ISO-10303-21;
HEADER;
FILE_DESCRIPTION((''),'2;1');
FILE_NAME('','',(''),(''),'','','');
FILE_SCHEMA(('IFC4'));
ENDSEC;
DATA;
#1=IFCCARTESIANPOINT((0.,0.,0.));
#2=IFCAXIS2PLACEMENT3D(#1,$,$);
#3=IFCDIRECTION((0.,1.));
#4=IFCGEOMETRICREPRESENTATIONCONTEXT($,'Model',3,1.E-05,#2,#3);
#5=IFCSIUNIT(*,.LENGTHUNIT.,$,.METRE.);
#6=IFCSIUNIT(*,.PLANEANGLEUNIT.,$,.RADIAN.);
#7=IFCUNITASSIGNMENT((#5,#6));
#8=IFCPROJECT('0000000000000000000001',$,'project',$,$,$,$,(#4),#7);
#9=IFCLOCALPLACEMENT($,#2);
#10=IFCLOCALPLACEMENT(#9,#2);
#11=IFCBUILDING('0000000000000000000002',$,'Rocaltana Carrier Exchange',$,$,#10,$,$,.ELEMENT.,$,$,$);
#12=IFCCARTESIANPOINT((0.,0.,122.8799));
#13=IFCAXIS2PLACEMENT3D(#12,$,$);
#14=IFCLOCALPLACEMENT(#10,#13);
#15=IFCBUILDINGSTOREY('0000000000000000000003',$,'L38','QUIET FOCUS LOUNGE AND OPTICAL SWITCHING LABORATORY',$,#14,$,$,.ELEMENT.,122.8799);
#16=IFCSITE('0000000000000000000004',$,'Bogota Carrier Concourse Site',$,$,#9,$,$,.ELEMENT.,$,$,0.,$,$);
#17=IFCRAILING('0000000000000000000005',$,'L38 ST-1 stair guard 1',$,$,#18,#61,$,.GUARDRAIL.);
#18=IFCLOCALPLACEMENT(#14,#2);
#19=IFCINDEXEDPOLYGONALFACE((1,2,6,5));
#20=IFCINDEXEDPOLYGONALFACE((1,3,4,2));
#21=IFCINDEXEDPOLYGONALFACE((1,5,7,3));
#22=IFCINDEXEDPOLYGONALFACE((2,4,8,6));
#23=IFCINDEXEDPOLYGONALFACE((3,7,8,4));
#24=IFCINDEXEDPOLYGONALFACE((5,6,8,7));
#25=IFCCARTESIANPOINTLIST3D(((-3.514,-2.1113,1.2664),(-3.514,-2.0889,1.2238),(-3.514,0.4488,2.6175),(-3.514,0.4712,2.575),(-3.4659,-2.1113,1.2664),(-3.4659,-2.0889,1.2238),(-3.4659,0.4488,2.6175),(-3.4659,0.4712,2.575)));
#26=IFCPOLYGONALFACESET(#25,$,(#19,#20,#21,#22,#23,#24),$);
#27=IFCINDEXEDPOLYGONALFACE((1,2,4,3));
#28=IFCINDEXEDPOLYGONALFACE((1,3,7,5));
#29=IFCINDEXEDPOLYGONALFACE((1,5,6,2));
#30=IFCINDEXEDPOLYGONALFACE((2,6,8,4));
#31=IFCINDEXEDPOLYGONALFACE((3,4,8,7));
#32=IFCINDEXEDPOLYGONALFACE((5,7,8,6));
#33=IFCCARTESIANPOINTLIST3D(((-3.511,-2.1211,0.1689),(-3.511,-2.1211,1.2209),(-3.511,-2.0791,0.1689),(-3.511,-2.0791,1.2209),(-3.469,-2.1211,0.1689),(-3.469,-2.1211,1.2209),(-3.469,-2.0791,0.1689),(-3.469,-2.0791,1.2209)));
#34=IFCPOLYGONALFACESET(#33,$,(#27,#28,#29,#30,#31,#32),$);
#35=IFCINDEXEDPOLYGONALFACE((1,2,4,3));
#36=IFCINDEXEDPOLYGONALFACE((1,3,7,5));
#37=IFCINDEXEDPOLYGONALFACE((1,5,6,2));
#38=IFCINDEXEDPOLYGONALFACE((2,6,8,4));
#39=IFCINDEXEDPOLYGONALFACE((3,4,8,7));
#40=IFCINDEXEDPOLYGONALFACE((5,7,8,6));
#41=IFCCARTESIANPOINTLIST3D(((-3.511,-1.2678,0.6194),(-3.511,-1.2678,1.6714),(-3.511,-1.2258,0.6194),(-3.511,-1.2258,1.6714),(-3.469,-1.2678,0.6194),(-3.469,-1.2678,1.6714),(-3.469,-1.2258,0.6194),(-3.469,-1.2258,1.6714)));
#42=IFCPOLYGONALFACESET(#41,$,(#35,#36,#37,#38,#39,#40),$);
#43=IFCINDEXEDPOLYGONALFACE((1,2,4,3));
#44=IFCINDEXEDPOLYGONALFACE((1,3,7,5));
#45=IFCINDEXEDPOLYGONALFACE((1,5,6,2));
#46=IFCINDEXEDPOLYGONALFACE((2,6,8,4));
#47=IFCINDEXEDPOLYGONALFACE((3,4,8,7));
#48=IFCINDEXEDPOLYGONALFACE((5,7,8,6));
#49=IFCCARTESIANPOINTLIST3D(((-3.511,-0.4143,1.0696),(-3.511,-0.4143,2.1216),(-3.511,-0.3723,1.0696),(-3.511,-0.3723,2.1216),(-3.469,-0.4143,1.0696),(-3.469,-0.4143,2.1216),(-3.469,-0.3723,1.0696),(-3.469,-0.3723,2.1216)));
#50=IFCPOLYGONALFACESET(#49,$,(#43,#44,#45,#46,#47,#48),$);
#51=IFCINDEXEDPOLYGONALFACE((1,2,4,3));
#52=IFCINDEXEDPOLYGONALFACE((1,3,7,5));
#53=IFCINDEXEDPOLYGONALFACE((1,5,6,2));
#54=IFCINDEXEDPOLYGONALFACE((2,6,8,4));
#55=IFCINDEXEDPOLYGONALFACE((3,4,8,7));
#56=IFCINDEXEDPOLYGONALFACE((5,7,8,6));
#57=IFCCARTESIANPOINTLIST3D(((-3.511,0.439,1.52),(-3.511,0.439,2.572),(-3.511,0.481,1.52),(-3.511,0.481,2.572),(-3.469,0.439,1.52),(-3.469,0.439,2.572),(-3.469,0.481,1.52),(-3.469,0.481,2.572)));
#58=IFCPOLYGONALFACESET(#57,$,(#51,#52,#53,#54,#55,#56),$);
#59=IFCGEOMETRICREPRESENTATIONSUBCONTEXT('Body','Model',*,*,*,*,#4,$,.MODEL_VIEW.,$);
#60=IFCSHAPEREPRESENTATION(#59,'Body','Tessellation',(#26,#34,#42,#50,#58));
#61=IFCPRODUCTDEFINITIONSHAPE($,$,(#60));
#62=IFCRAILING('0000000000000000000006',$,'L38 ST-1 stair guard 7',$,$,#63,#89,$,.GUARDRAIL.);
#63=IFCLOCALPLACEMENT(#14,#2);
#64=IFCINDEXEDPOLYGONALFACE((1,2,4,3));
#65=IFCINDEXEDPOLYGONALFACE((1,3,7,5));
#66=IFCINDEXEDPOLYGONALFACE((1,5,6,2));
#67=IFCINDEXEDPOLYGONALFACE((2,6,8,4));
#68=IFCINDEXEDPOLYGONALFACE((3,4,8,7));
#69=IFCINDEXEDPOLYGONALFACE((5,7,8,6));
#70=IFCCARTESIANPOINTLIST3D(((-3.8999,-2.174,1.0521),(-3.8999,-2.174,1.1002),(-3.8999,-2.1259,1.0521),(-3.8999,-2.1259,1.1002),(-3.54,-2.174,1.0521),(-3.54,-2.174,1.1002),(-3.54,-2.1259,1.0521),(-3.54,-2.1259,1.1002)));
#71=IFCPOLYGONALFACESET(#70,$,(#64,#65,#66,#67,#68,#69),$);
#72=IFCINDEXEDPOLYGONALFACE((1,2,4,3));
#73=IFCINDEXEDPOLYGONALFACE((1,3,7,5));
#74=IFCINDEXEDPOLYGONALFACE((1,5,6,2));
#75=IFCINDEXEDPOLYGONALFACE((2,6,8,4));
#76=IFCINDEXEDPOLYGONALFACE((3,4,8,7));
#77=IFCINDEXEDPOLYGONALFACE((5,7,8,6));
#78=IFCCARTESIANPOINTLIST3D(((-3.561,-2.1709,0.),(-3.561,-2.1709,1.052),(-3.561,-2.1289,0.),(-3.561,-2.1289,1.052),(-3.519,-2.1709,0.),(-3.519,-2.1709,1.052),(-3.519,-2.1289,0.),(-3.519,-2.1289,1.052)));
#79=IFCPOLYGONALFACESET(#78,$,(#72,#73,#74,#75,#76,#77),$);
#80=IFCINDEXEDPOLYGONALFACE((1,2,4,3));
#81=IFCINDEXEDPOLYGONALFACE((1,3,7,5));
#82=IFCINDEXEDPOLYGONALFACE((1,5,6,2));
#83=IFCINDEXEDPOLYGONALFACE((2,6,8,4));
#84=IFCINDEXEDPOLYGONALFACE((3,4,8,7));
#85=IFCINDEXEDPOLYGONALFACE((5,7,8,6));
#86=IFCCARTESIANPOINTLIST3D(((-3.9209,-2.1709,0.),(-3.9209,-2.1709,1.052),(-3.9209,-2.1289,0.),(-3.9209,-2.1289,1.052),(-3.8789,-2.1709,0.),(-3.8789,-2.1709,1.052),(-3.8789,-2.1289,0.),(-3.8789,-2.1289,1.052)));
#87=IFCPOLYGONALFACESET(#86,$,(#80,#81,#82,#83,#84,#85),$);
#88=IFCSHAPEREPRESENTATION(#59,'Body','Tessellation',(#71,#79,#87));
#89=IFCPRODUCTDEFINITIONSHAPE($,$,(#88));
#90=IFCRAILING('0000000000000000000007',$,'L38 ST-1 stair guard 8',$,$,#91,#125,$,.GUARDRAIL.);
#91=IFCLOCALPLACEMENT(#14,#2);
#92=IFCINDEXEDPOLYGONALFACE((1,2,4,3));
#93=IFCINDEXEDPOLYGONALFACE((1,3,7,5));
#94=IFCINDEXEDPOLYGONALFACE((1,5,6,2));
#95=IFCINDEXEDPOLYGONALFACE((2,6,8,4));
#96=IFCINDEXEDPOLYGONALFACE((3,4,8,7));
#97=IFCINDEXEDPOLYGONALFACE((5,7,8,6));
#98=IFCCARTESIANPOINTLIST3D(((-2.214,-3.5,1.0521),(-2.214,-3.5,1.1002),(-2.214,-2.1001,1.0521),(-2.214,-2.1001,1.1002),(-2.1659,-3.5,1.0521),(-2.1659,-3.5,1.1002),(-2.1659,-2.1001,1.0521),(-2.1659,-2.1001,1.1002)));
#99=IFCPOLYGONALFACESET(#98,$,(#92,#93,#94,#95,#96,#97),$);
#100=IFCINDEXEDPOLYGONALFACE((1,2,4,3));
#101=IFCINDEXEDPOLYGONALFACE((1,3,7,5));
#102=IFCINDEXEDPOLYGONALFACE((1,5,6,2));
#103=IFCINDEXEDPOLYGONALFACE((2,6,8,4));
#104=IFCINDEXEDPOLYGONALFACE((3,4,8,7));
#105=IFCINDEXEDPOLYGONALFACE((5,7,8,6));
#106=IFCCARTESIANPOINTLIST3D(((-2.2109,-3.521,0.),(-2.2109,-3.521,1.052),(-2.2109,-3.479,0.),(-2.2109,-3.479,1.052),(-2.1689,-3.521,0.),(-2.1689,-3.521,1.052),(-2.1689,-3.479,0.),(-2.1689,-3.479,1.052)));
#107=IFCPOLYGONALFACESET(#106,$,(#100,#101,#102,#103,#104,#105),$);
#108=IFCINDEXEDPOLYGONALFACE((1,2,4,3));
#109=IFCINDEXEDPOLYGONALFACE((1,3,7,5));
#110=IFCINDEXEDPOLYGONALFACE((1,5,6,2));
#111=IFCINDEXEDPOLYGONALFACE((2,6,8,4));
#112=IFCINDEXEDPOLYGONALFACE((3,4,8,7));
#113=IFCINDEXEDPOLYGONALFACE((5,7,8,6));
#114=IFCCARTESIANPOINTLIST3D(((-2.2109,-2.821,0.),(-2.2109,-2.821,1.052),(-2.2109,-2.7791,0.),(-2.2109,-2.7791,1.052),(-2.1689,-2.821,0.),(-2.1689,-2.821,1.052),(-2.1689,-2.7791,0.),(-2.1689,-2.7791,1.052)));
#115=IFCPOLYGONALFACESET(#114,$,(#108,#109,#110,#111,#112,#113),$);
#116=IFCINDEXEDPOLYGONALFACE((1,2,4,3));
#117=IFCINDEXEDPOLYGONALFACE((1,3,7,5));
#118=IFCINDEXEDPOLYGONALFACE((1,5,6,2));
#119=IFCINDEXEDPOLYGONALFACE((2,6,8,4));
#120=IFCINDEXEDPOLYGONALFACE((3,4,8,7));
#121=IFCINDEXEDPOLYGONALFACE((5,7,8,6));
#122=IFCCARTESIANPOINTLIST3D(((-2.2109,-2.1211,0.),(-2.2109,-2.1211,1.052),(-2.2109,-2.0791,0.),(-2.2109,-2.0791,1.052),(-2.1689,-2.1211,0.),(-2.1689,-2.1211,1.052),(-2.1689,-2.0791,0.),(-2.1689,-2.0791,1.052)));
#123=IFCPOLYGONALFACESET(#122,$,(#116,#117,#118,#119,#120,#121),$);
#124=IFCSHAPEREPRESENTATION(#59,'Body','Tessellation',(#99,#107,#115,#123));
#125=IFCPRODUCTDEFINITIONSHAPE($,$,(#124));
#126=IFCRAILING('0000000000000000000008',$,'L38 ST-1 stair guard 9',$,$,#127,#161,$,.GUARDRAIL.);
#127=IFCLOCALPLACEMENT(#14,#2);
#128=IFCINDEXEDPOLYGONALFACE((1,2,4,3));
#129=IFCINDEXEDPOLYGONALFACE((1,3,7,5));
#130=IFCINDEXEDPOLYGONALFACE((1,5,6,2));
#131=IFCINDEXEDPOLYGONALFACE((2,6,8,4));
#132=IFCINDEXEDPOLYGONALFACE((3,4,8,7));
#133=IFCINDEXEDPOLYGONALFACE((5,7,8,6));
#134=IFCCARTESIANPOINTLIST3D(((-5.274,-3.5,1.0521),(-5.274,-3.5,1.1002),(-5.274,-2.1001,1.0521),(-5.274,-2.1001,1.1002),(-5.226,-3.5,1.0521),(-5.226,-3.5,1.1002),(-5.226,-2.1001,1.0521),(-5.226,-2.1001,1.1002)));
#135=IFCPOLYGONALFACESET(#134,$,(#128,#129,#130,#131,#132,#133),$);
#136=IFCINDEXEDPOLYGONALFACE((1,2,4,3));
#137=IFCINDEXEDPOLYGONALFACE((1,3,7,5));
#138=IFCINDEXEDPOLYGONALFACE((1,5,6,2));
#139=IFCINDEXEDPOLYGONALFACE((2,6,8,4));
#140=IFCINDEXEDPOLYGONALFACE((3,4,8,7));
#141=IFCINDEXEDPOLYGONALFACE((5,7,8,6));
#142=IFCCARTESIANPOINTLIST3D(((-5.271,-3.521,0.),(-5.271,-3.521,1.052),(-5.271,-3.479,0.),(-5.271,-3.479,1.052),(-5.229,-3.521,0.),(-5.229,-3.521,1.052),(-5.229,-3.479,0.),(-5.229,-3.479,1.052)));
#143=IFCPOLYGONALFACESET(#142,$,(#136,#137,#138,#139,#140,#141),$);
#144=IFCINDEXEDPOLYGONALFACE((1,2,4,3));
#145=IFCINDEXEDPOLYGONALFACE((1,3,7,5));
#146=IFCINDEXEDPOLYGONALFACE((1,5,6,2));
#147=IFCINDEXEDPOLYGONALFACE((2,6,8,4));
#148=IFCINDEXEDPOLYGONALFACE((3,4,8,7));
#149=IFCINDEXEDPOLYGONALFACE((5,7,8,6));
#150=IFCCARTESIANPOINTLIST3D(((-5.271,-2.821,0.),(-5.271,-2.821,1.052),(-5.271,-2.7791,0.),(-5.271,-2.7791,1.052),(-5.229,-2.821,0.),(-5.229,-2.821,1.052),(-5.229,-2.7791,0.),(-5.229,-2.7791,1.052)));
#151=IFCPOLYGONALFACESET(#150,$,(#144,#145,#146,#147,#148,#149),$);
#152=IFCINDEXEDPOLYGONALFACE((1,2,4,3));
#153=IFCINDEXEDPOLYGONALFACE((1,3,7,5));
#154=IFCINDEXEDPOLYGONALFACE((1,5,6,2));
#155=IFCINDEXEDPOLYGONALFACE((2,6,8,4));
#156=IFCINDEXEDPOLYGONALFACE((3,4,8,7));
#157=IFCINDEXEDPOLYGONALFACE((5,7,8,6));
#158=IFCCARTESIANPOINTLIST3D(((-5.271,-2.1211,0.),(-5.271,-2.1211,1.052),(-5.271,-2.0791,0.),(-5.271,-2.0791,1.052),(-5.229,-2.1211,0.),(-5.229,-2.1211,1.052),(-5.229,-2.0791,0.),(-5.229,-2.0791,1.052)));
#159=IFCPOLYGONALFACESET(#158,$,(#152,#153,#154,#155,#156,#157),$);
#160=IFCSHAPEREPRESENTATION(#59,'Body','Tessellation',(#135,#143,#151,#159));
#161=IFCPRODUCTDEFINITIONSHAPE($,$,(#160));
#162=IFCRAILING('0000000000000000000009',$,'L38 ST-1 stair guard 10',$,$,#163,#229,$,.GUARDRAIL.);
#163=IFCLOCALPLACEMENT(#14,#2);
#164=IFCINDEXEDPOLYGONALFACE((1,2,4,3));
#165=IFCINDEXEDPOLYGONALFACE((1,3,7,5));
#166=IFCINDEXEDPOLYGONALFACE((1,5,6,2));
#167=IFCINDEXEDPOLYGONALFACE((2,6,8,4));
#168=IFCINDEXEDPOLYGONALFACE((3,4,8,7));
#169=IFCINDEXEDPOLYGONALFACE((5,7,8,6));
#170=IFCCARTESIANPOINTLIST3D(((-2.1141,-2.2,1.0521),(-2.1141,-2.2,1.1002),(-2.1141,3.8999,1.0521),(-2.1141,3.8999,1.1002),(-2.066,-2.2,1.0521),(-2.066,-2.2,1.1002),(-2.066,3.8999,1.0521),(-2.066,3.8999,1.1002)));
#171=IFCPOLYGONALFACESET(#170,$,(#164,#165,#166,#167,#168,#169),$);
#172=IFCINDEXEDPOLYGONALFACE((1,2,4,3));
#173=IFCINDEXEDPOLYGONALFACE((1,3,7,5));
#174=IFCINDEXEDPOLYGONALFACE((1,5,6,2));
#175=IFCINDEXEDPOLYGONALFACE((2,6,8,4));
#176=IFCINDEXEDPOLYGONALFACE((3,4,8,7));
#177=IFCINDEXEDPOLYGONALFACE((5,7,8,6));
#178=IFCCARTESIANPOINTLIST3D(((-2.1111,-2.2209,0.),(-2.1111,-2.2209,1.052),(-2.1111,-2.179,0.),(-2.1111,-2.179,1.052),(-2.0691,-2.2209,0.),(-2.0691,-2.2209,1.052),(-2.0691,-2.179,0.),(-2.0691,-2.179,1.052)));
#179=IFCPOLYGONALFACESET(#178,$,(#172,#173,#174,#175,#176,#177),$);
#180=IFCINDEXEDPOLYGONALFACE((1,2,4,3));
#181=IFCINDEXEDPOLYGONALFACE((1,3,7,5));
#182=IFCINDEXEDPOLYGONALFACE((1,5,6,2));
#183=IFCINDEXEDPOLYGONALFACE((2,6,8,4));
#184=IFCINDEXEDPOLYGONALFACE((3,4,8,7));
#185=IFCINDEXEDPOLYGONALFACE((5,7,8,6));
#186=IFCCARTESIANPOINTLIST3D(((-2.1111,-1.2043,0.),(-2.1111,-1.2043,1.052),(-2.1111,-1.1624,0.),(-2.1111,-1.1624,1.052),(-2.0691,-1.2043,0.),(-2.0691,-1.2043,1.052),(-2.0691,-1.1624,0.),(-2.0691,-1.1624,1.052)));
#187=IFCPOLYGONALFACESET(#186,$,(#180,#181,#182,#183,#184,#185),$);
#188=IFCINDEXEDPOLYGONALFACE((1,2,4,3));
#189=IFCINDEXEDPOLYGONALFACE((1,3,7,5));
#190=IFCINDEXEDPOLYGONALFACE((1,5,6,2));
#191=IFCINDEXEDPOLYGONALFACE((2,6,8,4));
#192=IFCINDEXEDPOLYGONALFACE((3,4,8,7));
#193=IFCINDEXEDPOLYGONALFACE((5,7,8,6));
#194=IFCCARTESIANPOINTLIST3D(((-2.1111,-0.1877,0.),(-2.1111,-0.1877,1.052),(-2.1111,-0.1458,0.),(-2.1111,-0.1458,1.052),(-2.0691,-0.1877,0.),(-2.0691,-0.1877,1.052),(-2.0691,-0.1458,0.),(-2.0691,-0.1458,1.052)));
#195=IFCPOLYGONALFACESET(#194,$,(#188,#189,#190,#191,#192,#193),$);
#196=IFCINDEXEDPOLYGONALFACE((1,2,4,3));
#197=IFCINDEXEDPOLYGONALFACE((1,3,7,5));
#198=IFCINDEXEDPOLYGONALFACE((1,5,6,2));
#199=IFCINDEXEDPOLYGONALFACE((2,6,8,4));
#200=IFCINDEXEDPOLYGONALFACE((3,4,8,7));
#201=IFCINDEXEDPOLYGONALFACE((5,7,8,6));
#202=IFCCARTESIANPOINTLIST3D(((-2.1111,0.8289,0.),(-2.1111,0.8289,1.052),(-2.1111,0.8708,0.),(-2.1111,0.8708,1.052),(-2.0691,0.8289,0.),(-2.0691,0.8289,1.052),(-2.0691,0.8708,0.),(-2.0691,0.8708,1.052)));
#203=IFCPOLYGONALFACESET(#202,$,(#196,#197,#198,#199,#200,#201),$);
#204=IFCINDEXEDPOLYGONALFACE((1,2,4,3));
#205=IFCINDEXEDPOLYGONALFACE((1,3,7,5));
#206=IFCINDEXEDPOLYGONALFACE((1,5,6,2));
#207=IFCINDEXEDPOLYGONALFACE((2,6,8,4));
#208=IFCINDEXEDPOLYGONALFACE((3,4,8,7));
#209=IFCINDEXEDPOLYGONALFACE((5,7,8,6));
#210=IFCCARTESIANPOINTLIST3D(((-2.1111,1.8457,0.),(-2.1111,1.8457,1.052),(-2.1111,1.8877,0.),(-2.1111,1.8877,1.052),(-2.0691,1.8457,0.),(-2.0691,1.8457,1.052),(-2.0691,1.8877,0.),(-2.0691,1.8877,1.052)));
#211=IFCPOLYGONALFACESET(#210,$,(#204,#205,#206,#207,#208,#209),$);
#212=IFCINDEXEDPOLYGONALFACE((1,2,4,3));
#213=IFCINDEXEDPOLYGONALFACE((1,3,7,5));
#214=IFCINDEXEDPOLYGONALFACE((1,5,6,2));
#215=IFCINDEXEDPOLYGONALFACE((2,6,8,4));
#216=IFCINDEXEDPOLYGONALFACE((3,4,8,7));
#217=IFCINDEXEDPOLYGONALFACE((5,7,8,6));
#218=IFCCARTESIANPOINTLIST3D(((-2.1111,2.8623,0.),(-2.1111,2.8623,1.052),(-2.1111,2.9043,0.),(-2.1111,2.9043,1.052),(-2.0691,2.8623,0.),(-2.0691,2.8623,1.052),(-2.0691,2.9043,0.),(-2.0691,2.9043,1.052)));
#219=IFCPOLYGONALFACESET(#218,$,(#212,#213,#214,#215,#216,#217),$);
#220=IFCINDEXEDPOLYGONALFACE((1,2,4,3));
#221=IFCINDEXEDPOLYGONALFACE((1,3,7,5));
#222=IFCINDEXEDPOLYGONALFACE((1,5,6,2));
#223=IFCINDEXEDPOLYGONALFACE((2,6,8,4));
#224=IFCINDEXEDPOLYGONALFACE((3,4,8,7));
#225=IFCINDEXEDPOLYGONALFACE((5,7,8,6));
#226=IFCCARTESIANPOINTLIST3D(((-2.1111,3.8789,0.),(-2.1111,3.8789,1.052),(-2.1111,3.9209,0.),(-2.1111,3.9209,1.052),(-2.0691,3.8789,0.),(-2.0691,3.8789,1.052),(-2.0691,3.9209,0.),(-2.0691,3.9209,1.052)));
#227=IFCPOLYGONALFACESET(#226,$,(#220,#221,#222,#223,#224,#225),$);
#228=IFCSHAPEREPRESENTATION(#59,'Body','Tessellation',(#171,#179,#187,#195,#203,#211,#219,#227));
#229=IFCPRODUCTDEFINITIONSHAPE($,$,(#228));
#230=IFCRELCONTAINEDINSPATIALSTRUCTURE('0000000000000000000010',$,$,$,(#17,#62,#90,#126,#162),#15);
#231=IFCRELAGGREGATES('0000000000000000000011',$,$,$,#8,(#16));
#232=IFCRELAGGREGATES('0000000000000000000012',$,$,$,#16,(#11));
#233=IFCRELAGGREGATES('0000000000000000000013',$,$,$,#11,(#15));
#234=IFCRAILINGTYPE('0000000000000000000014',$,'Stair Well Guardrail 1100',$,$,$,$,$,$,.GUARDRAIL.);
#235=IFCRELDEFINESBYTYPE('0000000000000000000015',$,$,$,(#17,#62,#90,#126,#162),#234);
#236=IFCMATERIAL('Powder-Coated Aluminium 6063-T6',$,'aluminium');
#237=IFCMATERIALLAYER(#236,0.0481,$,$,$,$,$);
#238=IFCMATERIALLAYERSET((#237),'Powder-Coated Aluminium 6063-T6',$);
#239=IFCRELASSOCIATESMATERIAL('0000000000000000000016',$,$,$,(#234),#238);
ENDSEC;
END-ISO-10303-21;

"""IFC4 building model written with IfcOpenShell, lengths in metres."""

from ifc_helpers import new_model, si_unit, direction, frame, origin, origin_2d, place, context, subcontext, project, spatial, rectangle, extrude, material, layer, layer_set, type_object, element, save


model = new_model("IFC4")

# Units and contexts
model_context = context("Model", 3, precision=1e-05, world=origin(), true_north=direction((0.0, 1.0)))
body_context = subcontext(model_context, "Body", "Model", "MODEL_VIEW")
ifc_project = project(units=[si_unit("LENGTHUNIT", "METRE"), si_unit("PLANEANGLEUNIT", "RADIAN")], contexts=[model_context])

# Site, building, storey
site_placement = place(None, origin())
site = spatial("IfcSite", under=ifc_project, at=site_placement, Name="Bogota Carrier Concourse Site", CompositionType="ELEMENT", RefElevation=0.0)
building_placement = place(site_placement, origin())
building = spatial("IfcBuilding", under=site, at=building_placement, Name="Rocaltana Carrier Exchange", CompositionType="ELEMENT")
storey_placement = place(building_placement, frame((0.0, 0.0, 122.8799)))
storey = spatial("IfcBuildingStorey", under=building, at=storey_placement, Name="L38", Description="QUIET FOCUS LOUNGE AND OPTICAL SWITCHING LABORATORY", CompositionType="ELEMENT", Elevation=122.8799)

# Railings
ifc_material_1 = material(Name="Powder-Coated Aluminium 6063-T6", Category="aluminium")
ifc_layer_1 = layer(ifc_material_1, 0.0481)
ifc_layer_set_1 = layer_set([ifc_layer_1], Name="Powder-Coated Aluminium 6063-T6")
railing_type_1 = type_object("IfcRailingType", Name="Stair Well Guardrail 1100", PredefinedType="GUARDRAIL", material=ifc_layer_set_1)
railing_1_placement = place(storey_placement, frame((-3.49, -2.1001, 0.1689)))
element("IfcRailing", 1, at=railing_1_placement, inside=storey, type_object=railing_type_1, Name="L38 ST-1 stair guard 1", PredefinedType="GUARDRAIL", context=body_context, shape_type="SweptSolid", body=[
    extrude(rectangle(XDim=0.0481, YDim=0.0481, at=origin_2d()), frame((0.0, 0.0, 1.0762), z_axis=(0.0, 0.884394, 0.46674), x_axis=(-1.0, 0.0, 0.0)), (0.0, 0.0, 1.0), 2.8948),
    extrude(rectangle(XDim=0.042, YDim=0.042, at=origin_2d()), origin(), (0.0, 0.0, 1.0), 1.052),
    extrude(rectangle(XDim=0.042, YDim=0.042, at=origin_2d()), frame((0.0, 0.8533, 0.4504)), (0.0, 0.0, 1.0), 1.052),
    extrude(rectangle(XDim=0.042, YDim=0.042, at=origin_2d()), frame((0.0, 1.7068, 0.9006)), (0.0, 0.0, 1.0), 1.052),
    extrude(rectangle(XDim=0.042, YDim=0.042, at=origin_2d()), frame((0.0, 2.5601, 1.3511)), (0.0, 0.0, 1.0), 1.052),
])
railing_2_placement = place(storey_placement, frame((-3.54, -2.1499, 0.0)))
element("IfcRailing", 2, at=railing_2_placement, inside=storey, type_object=railing_type_1, Name="L38 ST-1 stair guard 7", PredefinedType="GUARDRAIL", context=body_context, shape_type="SweptSolid", body=[
    extrude(rectangle(XDim=0.0481, YDim=0.0481, at=origin_2d()), frame((0.0, 0.0, 1.0762), z_axis=(-1.0, 0.0, 0.0), x_axis=(0.0, -1.0, 0.0)), (0.0, 0.0, 1.0), 0.3599),
    extrude(rectangle(XDim=0.042, YDim=0.042, at=origin_2d()), origin(), (0.0, 0.0, 1.0), 1.052),
    extrude(rectangle(XDim=0.042, YDim=0.042, at=origin_2d()), frame((-0.3599, 0.0, 0.0)), (0.0, 0.0, 1.0), 1.052),
])
for number, where, name in (
    (3, (-2.1899, -3.5, 0.0), "L38 ST-1 stair guard 8"),
    (4, (-5.25, -3.5, 0.0), "L38 ST-1 stair guard 9"),
):
    element("IfcRailing", number, at=place(storey_placement, frame(where)), inside=storey, type_object=railing_type_1, Name=name, PredefinedType="GUARDRAIL", context=body_context, shape_type="SweptSolid", body=[
        extrude(rectangle(XDim=0.0481, YDim=0.0481, at=origin_2d()), frame((0.0, 0.0, 1.0762), z_axis=(0.0, 1.0, 0.0), x_axis=(-1.0, 0.0, 0.0)), (0.0, 0.0, 1.0), 1.3999),
        extrude(rectangle(XDim=0.042, YDim=0.042, at=origin_2d()), origin(), (0.0, 0.0, 1.0), 1.052),
        extrude(rectangle(XDim=0.042, YDim=0.042, at=origin_2d()), frame((0.0, 0.7, 0.0)), (0.0, 0.0, 1.0), 1.052),
        extrude(rectangle(XDim=0.042, YDim=0.042, at=origin_2d()), frame((0.0, 1.3999, 0.0)), (0.0, 0.0, 1.0), 1.052),
    ])
for number, where, name in (
    (5, (-2.0901, -2.2, 0.0), "L38 ST-1 stair guard 10"),
):
    element("IfcRailing", number, at=place(storey_placement, frame(where)), inside=storey, type_object=railing_type_1, Name=name, PredefinedType="GUARDRAIL", context=body_context, shape_type="SweptSolid", body=[
        extrude(rectangle(XDim=0.0481, YDim=0.0481, at=origin_2d()), frame((0.0, 0.0, 1.0762), z_axis=(0.0, 1.0, 0.0), x_axis=(-1.0, 0.0, 0.0)), (0.0, 0.0, 1.0), 6.0999),
        extrude(rectangle(XDim=0.042, YDim=0.042, at=origin_2d()), origin(), (0.0, 0.0, 1.0), 1.052),
        extrude(rectangle(XDim=0.042, YDim=0.042, at=origin_2d()), frame((0.0, 1.0166, 0.0)), (0.0, 0.0, 1.0), 1.052),
        extrude(rectangle(XDim=0.042, YDim=0.042, at=origin_2d()), frame((0.0, 2.0332, 0.0)), (0.0, 0.0, 1.0), 1.052),
        extrude(rectangle(XDim=0.042, YDim=0.042, at=origin_2d()), frame((0.0, 3.0498, 0.0)), (0.0, 0.0, 1.0), 1.052),
        extrude(rectangle(XDim=0.042, YDim=0.042, at=origin_2d()), frame((0.0, 4.0667, 0.0)), (0.0, 0.0, 1.0), 1.052),
        extrude(rectangle(XDim=0.042, YDim=0.042, at=origin_2d()), frame((0.0, 5.0833, 0.0)), (0.0, 0.0, 1.0), 1.052),
        extrude(rectangle(XDim=0.042, YDim=0.042, at=origin_2d()), frame((0.0, 6.0999, 0.0)), (0.0, 0.0, 1.0), 1.052),
    ])

save(model, "model.ifc")
